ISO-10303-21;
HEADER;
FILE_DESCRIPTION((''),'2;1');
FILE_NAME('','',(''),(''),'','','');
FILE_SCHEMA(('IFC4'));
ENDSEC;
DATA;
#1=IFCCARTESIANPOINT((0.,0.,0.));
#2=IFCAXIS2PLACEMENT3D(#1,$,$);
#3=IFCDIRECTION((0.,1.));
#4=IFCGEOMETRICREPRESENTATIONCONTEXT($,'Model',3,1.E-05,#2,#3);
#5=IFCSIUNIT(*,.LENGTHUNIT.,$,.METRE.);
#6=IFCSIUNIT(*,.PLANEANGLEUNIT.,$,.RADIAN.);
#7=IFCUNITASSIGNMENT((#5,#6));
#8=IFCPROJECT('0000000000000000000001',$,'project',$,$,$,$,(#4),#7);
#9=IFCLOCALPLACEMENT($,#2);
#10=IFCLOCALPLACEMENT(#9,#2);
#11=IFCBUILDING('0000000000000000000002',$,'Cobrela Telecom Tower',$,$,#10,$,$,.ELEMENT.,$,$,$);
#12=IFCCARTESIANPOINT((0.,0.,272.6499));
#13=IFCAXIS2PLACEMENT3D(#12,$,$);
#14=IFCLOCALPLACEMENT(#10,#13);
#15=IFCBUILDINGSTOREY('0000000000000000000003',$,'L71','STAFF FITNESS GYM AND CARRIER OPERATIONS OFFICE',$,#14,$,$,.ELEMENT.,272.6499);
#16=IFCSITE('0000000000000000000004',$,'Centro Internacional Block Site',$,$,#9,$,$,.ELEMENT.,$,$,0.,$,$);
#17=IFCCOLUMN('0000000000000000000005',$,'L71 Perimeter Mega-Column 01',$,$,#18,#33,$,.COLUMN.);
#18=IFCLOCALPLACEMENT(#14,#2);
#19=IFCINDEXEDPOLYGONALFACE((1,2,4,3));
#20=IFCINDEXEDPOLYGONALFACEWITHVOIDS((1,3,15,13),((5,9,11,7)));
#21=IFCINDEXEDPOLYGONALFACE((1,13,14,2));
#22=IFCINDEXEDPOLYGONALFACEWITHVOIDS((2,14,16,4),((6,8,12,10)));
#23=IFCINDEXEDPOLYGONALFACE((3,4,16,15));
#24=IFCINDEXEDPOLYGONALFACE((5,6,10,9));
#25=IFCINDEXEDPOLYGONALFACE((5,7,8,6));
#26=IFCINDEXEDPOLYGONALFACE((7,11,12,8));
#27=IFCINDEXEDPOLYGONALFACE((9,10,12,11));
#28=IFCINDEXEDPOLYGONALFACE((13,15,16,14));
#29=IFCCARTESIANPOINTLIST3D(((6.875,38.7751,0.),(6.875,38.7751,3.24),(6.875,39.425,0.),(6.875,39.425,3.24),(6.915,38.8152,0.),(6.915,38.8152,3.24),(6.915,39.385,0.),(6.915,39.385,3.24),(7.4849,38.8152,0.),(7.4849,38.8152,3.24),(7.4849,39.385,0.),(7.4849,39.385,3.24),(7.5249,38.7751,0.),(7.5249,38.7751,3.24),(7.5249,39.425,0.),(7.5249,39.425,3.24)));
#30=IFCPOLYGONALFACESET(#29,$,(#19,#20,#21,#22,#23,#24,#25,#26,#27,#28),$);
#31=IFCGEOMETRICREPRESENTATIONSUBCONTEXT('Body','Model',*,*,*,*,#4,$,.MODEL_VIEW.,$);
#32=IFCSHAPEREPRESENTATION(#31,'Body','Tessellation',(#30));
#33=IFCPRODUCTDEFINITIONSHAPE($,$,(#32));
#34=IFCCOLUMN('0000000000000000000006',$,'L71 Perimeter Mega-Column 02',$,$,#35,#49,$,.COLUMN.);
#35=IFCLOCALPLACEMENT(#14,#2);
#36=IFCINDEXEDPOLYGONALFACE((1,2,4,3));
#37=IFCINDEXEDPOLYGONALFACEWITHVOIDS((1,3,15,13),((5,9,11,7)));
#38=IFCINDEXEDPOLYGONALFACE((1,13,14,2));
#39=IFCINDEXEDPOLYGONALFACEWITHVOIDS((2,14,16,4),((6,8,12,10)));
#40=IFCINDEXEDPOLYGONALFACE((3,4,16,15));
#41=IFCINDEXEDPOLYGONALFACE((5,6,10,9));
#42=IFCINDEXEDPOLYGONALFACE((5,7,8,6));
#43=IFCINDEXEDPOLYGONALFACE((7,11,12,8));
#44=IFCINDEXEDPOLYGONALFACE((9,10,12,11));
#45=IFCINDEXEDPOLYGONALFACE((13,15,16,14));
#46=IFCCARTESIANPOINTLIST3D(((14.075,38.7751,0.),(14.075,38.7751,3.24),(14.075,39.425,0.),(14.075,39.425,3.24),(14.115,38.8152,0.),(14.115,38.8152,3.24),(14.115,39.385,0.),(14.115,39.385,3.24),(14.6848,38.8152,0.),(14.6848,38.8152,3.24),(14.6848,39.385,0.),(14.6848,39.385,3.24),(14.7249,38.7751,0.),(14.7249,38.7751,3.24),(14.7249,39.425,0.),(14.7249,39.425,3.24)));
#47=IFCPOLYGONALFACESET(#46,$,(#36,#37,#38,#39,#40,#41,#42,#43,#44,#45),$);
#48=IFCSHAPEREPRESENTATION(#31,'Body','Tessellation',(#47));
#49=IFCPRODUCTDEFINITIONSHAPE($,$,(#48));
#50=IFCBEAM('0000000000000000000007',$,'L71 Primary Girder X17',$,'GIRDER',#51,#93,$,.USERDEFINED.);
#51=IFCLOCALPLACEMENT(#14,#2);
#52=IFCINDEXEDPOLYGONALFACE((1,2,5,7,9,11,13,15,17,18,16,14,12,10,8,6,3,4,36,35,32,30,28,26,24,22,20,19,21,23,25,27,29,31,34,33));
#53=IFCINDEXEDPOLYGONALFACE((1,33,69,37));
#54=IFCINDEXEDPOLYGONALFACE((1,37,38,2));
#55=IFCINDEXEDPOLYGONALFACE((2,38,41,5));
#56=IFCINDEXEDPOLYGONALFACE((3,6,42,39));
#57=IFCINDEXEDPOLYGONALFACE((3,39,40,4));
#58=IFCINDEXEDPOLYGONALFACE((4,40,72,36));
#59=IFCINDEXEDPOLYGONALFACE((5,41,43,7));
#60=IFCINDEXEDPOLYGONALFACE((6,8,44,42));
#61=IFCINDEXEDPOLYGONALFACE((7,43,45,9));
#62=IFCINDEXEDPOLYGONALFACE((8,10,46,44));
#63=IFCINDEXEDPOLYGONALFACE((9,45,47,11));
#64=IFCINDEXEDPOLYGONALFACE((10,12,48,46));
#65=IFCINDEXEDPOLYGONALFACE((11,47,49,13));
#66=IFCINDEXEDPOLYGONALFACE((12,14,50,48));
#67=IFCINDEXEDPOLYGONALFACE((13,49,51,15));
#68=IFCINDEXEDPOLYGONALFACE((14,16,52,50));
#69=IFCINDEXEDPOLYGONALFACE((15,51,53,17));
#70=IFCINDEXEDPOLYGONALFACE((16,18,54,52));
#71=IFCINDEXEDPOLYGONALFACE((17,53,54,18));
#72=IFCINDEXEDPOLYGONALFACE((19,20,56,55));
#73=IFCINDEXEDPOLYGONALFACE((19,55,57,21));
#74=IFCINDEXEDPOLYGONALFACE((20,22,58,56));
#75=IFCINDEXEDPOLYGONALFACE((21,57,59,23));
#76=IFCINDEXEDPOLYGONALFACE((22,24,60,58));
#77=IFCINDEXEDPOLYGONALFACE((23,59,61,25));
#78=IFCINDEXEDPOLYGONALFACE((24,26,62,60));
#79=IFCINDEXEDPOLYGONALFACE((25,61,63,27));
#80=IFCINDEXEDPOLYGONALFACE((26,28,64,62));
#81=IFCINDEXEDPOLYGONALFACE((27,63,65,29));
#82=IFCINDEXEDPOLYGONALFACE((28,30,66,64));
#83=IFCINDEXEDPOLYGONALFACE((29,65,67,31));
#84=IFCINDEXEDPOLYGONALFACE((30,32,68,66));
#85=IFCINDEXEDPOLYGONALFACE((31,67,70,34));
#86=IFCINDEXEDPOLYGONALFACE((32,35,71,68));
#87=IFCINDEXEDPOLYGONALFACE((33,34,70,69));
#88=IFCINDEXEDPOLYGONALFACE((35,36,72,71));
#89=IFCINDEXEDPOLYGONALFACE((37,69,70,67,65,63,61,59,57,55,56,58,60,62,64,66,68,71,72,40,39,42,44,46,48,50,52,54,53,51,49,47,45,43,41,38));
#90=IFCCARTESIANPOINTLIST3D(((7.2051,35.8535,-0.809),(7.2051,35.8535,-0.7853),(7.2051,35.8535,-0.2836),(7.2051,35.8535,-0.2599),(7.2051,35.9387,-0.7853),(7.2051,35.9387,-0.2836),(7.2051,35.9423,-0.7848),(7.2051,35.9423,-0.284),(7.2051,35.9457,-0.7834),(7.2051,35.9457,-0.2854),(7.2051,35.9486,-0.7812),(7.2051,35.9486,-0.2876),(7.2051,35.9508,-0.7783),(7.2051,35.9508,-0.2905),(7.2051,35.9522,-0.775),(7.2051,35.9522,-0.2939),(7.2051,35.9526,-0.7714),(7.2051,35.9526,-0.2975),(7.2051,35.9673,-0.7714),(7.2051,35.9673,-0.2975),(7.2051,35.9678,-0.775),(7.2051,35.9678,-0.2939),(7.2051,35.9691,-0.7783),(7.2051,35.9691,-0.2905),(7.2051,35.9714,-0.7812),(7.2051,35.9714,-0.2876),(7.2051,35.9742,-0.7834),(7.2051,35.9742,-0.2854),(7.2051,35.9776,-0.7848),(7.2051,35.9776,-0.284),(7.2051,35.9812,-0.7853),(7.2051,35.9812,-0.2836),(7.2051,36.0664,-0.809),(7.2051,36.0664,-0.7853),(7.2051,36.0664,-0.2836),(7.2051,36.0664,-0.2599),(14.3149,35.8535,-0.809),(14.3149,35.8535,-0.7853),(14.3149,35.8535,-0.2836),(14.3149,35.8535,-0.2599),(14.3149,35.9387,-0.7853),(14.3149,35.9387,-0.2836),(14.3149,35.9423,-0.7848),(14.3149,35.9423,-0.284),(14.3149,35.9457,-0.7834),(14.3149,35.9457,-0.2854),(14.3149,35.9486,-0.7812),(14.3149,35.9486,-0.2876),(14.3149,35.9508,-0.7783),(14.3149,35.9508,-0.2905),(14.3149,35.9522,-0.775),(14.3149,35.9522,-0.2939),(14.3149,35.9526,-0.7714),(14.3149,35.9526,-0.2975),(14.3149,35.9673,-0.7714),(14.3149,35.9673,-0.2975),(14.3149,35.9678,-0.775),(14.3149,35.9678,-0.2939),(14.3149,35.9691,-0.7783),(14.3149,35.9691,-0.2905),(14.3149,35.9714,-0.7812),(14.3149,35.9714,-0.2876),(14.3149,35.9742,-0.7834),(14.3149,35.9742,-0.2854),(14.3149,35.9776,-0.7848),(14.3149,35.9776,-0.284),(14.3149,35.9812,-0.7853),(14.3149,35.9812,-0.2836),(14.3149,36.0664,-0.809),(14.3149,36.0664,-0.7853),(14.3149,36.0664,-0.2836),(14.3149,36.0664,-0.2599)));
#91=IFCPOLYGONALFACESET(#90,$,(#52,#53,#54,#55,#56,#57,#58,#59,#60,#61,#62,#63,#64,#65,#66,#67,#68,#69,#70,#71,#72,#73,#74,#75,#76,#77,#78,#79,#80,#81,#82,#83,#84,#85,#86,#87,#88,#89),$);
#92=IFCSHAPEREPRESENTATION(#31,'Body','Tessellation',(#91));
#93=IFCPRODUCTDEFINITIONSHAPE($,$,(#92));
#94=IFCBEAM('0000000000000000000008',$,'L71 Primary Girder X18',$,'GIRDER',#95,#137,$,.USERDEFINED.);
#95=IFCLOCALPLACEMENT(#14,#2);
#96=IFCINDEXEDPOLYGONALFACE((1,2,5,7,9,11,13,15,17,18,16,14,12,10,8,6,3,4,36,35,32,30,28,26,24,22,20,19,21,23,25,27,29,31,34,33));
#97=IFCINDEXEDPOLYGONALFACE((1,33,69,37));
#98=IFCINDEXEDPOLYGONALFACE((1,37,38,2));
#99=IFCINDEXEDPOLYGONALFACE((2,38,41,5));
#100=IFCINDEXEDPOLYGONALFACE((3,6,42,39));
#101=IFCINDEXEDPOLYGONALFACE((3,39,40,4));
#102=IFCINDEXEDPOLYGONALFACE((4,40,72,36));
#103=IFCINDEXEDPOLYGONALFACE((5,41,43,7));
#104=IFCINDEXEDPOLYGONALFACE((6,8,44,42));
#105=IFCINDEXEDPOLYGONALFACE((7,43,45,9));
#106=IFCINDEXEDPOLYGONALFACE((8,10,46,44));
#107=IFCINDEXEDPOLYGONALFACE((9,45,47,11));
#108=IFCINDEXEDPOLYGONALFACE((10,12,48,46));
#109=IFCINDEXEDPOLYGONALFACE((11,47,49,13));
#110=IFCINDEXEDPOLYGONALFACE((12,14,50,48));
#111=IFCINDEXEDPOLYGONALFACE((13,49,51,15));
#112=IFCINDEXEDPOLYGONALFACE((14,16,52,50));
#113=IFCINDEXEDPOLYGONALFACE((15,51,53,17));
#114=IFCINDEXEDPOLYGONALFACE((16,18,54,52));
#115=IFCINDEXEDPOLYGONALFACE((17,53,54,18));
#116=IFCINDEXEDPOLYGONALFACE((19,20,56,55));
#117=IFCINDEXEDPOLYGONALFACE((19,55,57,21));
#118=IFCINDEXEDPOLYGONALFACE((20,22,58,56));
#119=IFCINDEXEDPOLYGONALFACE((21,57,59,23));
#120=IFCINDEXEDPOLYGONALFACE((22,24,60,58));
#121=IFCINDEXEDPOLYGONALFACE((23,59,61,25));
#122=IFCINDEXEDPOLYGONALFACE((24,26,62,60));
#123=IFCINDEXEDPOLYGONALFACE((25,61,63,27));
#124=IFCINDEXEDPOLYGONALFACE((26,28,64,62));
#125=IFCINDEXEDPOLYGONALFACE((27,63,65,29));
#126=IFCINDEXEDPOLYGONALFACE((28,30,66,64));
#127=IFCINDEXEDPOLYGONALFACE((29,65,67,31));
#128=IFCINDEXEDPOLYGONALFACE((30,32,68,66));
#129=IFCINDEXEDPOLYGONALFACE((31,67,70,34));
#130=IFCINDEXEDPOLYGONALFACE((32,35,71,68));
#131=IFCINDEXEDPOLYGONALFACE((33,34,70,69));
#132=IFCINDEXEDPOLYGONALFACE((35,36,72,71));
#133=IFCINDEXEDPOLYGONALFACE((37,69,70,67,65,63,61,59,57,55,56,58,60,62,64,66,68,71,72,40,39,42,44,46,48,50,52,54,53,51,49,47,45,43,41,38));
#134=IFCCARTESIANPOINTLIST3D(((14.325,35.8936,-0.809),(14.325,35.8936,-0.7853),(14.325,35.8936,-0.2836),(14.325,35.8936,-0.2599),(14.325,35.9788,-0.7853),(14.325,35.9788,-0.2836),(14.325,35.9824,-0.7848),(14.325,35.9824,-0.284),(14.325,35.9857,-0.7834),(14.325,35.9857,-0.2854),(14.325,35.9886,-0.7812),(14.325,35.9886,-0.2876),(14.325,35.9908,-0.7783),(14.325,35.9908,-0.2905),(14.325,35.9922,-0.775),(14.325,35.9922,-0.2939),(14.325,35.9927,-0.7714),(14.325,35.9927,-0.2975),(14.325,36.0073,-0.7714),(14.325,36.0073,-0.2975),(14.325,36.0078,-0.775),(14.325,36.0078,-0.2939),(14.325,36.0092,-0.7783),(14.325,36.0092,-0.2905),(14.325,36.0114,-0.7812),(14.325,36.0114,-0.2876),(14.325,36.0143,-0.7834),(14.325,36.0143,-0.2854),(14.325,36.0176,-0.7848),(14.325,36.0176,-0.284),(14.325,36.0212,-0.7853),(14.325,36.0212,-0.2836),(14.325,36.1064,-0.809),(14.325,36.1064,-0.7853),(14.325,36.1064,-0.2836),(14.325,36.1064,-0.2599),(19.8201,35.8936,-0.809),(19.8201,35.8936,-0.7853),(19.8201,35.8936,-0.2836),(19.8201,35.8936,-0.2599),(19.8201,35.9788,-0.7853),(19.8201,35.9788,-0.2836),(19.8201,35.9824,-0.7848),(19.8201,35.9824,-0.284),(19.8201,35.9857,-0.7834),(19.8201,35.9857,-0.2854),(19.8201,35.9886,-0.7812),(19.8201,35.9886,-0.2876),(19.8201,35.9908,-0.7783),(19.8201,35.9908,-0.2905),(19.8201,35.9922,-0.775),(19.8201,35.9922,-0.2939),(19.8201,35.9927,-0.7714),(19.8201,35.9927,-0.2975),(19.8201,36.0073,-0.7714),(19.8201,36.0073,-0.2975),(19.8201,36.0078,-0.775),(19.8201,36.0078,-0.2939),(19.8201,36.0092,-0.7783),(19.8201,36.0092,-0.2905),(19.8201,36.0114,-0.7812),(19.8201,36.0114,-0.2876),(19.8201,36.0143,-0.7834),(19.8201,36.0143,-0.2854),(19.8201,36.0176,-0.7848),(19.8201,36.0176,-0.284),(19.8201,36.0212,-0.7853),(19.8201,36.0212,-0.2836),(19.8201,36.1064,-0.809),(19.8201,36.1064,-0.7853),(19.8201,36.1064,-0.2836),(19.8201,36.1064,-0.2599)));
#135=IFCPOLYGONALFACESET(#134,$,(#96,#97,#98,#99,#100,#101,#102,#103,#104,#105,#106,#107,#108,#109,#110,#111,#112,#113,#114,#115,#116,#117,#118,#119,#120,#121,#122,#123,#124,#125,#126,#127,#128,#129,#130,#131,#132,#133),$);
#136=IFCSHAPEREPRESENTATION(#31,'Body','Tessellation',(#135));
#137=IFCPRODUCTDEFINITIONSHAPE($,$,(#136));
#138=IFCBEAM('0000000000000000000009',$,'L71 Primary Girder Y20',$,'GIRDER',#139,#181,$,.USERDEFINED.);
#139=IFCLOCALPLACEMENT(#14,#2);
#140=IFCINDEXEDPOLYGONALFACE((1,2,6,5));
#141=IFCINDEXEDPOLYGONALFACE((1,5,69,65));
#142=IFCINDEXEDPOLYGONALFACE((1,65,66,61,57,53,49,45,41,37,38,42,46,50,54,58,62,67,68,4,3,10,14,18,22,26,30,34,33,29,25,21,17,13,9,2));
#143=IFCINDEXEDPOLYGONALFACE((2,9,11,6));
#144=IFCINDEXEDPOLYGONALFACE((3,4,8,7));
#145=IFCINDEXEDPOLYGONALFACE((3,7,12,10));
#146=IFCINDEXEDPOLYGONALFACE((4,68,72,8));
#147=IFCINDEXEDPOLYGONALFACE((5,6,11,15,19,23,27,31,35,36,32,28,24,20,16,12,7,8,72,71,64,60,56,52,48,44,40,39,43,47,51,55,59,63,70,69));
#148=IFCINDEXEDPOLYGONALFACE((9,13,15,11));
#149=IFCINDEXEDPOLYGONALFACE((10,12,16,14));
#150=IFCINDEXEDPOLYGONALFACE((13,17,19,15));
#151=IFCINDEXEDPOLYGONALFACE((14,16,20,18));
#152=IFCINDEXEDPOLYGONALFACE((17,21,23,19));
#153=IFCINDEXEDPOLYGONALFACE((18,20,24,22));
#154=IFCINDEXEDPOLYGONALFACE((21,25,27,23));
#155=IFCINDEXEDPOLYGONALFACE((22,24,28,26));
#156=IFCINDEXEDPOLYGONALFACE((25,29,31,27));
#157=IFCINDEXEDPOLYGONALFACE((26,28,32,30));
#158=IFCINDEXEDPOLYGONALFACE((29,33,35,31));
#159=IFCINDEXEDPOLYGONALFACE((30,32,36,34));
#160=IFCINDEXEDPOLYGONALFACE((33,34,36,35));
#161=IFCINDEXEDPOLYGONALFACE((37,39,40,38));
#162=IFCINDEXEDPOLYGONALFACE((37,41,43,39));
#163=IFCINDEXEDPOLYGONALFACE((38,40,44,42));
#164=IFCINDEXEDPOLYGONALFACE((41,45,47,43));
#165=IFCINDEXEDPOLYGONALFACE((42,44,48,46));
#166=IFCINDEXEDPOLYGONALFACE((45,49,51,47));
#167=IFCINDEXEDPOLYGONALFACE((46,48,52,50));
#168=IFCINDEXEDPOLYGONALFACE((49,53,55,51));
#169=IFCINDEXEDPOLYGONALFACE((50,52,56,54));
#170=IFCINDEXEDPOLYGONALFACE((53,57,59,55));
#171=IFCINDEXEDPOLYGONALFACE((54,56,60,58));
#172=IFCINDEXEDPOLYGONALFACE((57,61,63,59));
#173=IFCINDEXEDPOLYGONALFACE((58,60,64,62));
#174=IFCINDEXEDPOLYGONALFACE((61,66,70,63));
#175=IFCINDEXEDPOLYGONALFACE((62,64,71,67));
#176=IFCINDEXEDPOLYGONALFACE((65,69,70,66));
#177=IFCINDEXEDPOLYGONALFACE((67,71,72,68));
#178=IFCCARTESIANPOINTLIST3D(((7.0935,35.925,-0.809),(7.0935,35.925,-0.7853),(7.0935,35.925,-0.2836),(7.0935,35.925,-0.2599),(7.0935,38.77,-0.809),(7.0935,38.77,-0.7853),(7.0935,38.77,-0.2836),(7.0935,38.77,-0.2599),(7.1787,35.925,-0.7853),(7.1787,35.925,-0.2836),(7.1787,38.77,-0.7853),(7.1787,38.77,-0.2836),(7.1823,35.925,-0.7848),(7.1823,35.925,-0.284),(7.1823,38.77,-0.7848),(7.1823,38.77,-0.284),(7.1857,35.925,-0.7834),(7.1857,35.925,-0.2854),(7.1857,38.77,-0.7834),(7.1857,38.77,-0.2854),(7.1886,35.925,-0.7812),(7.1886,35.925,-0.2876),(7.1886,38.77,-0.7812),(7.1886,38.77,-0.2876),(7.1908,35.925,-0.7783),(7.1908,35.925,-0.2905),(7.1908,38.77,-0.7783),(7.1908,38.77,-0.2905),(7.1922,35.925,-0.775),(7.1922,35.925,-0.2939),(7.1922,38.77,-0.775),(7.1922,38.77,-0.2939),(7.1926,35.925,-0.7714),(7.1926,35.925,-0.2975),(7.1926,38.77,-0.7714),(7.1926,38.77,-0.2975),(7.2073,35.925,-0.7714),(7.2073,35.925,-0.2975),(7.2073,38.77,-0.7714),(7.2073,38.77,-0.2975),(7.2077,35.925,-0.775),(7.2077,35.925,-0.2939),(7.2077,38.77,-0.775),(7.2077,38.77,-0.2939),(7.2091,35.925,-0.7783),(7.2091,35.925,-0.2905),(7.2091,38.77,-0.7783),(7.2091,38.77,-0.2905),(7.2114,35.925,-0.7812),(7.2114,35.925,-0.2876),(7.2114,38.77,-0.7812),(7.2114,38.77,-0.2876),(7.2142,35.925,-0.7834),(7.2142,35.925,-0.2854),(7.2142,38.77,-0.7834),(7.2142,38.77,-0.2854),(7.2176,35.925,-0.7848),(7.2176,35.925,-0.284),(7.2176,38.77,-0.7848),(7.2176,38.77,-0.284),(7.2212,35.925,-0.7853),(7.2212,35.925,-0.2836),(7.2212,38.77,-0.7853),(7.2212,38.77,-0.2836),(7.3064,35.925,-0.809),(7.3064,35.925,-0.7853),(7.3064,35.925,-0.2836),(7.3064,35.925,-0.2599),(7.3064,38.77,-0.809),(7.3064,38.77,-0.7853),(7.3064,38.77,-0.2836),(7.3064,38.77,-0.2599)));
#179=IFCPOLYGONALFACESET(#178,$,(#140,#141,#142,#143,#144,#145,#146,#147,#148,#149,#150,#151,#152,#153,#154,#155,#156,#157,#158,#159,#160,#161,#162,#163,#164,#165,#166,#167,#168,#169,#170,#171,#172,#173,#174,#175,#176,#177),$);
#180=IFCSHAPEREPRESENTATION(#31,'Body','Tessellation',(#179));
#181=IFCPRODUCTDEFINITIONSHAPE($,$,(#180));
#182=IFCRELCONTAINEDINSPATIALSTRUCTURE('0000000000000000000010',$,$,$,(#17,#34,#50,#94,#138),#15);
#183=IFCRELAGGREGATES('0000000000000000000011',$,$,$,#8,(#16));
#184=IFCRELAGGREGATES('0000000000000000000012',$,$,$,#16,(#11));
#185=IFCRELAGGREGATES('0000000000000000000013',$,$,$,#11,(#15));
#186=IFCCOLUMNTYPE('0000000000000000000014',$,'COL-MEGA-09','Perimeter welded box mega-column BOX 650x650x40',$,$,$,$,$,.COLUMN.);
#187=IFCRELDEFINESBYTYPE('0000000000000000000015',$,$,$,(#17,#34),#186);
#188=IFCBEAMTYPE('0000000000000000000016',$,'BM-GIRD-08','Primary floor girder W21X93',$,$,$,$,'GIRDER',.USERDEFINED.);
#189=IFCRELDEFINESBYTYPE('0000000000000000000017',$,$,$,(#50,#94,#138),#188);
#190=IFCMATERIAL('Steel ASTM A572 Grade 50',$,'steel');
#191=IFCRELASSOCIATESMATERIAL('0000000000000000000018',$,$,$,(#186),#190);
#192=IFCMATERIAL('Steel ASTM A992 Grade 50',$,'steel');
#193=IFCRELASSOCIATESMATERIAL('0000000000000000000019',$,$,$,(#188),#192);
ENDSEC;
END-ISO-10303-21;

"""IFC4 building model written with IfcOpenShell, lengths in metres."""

from ifc_helpers import new_model, si_unit, direction, frame, origin, origin_2d, place, context, subcontext, project, spatial, hollow_rectangle, i_section, extrude, material, material_profile, profile_set, type_object, element, save


model = new_model("IFC4")

# Units and contexts
model_context = context("Model", 3, precision=1e-05, world=origin(), true_north=direction((0.0, 1.0)))
body_context = subcontext(model_context, "Body", "Model", "MODEL_VIEW")
ifc_project = project(units=[si_unit("LENGTHUNIT", "METRE"), si_unit("PLANEANGLEUNIT", "RADIAN")], contexts=[model_context])

# Site, building, storey
site_placement = place(None, origin())
site = spatial("IfcSite", under=ifc_project, at=site_placement, Name="Centro Internacional Block Site", CompositionType="ELEMENT", RefElevation=0.0)
building_placement = place(site_placement, origin())
building = spatial("IfcBuilding", under=site, at=building_placement, Name="Cobrela Telecom Tower", CompositionType="ELEMENT")
storey_placement = place(building_placement, frame((0.0, 0.0, 272.6499)))
storey = spatial("IfcBuildingStorey", under=building, at=storey_placement, Name="L71", Description="STAFF FITNESS GYM AND CARRIER OPERATIONS OFFICE", CompositionType="ELEMENT", Elevation=272.6499)

# Columns
ifc_material_1 = material(Name="Steel ASTM A572 Grade 50", Category="steel")
ifc_material_profile_1 = material_profile(ifc_material_1, hollow_rectangle(XDim=0.6499, YDim=0.6499, WallThickness=0.04, at=origin_2d()), Name="BOX 650x650x40")
ifc_profile_set_1 = profile_set([ifc_material_profile_1], Name="Steel ASTM A572 Grade 50")
column_type = type_object("IfcColumnType", Name="COL-MEGA-09", Description="Perimeter welded box mega-column BOX 650x650x40", PredefinedType="COLUMN", material=ifc_profile_set_1)
for number, where, z_axis, x_axis, name in (
    (1, (7.2, 39.1001, 0.0), (0.0, 0.0, 1.0), (1.0, 0.0, 0.0), "L71 Perimeter Mega-Column 01"),
    (2, (14.3999, 39.1001, 0.0), (0.0, 0.0, 1.0), (1.0, 0.0, 0.0), "L71 Perimeter Mega-Column 02"),
):
    element("IfcColumn", number, at=place(storey_placement, frame(where, z_axis=z_axis, x_axis=x_axis)), inside=storey, type_object=column_type, Name=name, PredefinedType="COLUMN", context=body_context, shape_type="SweptSolid", body=[
        extrude(hollow_rectangle(XDim=0.6499, YDim=0.6499, WallThickness=0.04, at=origin_2d()), origin(), (0.0, 0.0, 1.0), 3.24),
    ])

# Beams
ifc_material_2 = material(Name="Steel ASTM A992 Grade 50", Category="steel")
ifc_material_profile_2 = material_profile(ifc_material_2, i_section(OverallWidth=0.2129, OverallDepth=0.5491, WebThickness=0.0146, FlangeThickness=0.0237, FilletRadius=0.0139, at=origin_2d()), Name="W21X93")
ifc_profile_set_2 = profile_set([ifc_material_profile_2], Name="Steel ASTM A992 Grade 50")
beam_type_1 = type_object("IfcBeamType", Name="BM-GIRD-08", Description="Primary floor girder W21X93", ElementType="GIRDER", PredefinedType="USERDEFINED", material=ifc_profile_set_2)
beam_1_placement = place(storey_placement, frame((7.2051, 35.96, -0.5344), z_axis=(1.0, 0.0, 0.0), x_axis=(0.0, 1.0, 0.0)))
element("IfcBeam", 3, at=beam_1_placement, inside=storey, type_object=beam_type_1, Name="L71 Primary Girder X17", ObjectType="GIRDER", PredefinedType="USERDEFINED", context=body_context, shape_type="SweptSolid", body=[
    extrude(i_section(OverallWidth=0.2129, OverallDepth=0.5491, WebThickness=0.0146, FlangeThickness=0.0237, FilletRadius=0.0139, at=origin_2d()), origin(), (0.0, 0.0, 1.0), 7.1099),
])
beam_2_placement = place(storey_placement, frame((14.325, 36.0, -0.5344), z_axis=(1.0, 0.0, 0.0), x_axis=(0.0, 1.0, 0.0)))
element("IfcBeam", 4, at=beam_2_placement, inside=storey, type_object=beam_type_1, Name="L71 Primary Girder X18", ObjectType="GIRDER", PredefinedType="USERDEFINED", context=body_context, shape_type="SweptSolid", body=[
    extrude(i_section(OverallWidth=0.2129, OverallDepth=0.5491, WebThickness=0.0146, FlangeThickness=0.0237, FilletRadius=0.0139, at=origin_2d()), origin(), (0.0, 0.0, 1.0), 5.4951),
])
for number, where, z_axis, x_axis, name in (
    (5, (7.2, 35.925, -0.5344), (0.0, 1.0, 0.0), (-1.0, 0.0, 0.0), "L71 Primary Girder Y20"),
):
    element("IfcBeam", number, at=place(storey_placement, frame(where, z_axis=z_axis, x_axis=x_axis)), inside=storey, type_object=beam_type_1, Name=name, ObjectType="GIRDER", PredefinedType="USERDEFINED", context=body_context, shape_type="SweptSolid", body=[
        extrude(i_section(OverallWidth=0.2129, OverallDepth=0.5491, WebThickness=0.0146, FlangeThickness=0.0237, FilletRadius=0.0139, at=origin_2d()), origin(), (0.0, 0.0, 1.0), 2.845),
    ])

save(model, "model.ifc")
